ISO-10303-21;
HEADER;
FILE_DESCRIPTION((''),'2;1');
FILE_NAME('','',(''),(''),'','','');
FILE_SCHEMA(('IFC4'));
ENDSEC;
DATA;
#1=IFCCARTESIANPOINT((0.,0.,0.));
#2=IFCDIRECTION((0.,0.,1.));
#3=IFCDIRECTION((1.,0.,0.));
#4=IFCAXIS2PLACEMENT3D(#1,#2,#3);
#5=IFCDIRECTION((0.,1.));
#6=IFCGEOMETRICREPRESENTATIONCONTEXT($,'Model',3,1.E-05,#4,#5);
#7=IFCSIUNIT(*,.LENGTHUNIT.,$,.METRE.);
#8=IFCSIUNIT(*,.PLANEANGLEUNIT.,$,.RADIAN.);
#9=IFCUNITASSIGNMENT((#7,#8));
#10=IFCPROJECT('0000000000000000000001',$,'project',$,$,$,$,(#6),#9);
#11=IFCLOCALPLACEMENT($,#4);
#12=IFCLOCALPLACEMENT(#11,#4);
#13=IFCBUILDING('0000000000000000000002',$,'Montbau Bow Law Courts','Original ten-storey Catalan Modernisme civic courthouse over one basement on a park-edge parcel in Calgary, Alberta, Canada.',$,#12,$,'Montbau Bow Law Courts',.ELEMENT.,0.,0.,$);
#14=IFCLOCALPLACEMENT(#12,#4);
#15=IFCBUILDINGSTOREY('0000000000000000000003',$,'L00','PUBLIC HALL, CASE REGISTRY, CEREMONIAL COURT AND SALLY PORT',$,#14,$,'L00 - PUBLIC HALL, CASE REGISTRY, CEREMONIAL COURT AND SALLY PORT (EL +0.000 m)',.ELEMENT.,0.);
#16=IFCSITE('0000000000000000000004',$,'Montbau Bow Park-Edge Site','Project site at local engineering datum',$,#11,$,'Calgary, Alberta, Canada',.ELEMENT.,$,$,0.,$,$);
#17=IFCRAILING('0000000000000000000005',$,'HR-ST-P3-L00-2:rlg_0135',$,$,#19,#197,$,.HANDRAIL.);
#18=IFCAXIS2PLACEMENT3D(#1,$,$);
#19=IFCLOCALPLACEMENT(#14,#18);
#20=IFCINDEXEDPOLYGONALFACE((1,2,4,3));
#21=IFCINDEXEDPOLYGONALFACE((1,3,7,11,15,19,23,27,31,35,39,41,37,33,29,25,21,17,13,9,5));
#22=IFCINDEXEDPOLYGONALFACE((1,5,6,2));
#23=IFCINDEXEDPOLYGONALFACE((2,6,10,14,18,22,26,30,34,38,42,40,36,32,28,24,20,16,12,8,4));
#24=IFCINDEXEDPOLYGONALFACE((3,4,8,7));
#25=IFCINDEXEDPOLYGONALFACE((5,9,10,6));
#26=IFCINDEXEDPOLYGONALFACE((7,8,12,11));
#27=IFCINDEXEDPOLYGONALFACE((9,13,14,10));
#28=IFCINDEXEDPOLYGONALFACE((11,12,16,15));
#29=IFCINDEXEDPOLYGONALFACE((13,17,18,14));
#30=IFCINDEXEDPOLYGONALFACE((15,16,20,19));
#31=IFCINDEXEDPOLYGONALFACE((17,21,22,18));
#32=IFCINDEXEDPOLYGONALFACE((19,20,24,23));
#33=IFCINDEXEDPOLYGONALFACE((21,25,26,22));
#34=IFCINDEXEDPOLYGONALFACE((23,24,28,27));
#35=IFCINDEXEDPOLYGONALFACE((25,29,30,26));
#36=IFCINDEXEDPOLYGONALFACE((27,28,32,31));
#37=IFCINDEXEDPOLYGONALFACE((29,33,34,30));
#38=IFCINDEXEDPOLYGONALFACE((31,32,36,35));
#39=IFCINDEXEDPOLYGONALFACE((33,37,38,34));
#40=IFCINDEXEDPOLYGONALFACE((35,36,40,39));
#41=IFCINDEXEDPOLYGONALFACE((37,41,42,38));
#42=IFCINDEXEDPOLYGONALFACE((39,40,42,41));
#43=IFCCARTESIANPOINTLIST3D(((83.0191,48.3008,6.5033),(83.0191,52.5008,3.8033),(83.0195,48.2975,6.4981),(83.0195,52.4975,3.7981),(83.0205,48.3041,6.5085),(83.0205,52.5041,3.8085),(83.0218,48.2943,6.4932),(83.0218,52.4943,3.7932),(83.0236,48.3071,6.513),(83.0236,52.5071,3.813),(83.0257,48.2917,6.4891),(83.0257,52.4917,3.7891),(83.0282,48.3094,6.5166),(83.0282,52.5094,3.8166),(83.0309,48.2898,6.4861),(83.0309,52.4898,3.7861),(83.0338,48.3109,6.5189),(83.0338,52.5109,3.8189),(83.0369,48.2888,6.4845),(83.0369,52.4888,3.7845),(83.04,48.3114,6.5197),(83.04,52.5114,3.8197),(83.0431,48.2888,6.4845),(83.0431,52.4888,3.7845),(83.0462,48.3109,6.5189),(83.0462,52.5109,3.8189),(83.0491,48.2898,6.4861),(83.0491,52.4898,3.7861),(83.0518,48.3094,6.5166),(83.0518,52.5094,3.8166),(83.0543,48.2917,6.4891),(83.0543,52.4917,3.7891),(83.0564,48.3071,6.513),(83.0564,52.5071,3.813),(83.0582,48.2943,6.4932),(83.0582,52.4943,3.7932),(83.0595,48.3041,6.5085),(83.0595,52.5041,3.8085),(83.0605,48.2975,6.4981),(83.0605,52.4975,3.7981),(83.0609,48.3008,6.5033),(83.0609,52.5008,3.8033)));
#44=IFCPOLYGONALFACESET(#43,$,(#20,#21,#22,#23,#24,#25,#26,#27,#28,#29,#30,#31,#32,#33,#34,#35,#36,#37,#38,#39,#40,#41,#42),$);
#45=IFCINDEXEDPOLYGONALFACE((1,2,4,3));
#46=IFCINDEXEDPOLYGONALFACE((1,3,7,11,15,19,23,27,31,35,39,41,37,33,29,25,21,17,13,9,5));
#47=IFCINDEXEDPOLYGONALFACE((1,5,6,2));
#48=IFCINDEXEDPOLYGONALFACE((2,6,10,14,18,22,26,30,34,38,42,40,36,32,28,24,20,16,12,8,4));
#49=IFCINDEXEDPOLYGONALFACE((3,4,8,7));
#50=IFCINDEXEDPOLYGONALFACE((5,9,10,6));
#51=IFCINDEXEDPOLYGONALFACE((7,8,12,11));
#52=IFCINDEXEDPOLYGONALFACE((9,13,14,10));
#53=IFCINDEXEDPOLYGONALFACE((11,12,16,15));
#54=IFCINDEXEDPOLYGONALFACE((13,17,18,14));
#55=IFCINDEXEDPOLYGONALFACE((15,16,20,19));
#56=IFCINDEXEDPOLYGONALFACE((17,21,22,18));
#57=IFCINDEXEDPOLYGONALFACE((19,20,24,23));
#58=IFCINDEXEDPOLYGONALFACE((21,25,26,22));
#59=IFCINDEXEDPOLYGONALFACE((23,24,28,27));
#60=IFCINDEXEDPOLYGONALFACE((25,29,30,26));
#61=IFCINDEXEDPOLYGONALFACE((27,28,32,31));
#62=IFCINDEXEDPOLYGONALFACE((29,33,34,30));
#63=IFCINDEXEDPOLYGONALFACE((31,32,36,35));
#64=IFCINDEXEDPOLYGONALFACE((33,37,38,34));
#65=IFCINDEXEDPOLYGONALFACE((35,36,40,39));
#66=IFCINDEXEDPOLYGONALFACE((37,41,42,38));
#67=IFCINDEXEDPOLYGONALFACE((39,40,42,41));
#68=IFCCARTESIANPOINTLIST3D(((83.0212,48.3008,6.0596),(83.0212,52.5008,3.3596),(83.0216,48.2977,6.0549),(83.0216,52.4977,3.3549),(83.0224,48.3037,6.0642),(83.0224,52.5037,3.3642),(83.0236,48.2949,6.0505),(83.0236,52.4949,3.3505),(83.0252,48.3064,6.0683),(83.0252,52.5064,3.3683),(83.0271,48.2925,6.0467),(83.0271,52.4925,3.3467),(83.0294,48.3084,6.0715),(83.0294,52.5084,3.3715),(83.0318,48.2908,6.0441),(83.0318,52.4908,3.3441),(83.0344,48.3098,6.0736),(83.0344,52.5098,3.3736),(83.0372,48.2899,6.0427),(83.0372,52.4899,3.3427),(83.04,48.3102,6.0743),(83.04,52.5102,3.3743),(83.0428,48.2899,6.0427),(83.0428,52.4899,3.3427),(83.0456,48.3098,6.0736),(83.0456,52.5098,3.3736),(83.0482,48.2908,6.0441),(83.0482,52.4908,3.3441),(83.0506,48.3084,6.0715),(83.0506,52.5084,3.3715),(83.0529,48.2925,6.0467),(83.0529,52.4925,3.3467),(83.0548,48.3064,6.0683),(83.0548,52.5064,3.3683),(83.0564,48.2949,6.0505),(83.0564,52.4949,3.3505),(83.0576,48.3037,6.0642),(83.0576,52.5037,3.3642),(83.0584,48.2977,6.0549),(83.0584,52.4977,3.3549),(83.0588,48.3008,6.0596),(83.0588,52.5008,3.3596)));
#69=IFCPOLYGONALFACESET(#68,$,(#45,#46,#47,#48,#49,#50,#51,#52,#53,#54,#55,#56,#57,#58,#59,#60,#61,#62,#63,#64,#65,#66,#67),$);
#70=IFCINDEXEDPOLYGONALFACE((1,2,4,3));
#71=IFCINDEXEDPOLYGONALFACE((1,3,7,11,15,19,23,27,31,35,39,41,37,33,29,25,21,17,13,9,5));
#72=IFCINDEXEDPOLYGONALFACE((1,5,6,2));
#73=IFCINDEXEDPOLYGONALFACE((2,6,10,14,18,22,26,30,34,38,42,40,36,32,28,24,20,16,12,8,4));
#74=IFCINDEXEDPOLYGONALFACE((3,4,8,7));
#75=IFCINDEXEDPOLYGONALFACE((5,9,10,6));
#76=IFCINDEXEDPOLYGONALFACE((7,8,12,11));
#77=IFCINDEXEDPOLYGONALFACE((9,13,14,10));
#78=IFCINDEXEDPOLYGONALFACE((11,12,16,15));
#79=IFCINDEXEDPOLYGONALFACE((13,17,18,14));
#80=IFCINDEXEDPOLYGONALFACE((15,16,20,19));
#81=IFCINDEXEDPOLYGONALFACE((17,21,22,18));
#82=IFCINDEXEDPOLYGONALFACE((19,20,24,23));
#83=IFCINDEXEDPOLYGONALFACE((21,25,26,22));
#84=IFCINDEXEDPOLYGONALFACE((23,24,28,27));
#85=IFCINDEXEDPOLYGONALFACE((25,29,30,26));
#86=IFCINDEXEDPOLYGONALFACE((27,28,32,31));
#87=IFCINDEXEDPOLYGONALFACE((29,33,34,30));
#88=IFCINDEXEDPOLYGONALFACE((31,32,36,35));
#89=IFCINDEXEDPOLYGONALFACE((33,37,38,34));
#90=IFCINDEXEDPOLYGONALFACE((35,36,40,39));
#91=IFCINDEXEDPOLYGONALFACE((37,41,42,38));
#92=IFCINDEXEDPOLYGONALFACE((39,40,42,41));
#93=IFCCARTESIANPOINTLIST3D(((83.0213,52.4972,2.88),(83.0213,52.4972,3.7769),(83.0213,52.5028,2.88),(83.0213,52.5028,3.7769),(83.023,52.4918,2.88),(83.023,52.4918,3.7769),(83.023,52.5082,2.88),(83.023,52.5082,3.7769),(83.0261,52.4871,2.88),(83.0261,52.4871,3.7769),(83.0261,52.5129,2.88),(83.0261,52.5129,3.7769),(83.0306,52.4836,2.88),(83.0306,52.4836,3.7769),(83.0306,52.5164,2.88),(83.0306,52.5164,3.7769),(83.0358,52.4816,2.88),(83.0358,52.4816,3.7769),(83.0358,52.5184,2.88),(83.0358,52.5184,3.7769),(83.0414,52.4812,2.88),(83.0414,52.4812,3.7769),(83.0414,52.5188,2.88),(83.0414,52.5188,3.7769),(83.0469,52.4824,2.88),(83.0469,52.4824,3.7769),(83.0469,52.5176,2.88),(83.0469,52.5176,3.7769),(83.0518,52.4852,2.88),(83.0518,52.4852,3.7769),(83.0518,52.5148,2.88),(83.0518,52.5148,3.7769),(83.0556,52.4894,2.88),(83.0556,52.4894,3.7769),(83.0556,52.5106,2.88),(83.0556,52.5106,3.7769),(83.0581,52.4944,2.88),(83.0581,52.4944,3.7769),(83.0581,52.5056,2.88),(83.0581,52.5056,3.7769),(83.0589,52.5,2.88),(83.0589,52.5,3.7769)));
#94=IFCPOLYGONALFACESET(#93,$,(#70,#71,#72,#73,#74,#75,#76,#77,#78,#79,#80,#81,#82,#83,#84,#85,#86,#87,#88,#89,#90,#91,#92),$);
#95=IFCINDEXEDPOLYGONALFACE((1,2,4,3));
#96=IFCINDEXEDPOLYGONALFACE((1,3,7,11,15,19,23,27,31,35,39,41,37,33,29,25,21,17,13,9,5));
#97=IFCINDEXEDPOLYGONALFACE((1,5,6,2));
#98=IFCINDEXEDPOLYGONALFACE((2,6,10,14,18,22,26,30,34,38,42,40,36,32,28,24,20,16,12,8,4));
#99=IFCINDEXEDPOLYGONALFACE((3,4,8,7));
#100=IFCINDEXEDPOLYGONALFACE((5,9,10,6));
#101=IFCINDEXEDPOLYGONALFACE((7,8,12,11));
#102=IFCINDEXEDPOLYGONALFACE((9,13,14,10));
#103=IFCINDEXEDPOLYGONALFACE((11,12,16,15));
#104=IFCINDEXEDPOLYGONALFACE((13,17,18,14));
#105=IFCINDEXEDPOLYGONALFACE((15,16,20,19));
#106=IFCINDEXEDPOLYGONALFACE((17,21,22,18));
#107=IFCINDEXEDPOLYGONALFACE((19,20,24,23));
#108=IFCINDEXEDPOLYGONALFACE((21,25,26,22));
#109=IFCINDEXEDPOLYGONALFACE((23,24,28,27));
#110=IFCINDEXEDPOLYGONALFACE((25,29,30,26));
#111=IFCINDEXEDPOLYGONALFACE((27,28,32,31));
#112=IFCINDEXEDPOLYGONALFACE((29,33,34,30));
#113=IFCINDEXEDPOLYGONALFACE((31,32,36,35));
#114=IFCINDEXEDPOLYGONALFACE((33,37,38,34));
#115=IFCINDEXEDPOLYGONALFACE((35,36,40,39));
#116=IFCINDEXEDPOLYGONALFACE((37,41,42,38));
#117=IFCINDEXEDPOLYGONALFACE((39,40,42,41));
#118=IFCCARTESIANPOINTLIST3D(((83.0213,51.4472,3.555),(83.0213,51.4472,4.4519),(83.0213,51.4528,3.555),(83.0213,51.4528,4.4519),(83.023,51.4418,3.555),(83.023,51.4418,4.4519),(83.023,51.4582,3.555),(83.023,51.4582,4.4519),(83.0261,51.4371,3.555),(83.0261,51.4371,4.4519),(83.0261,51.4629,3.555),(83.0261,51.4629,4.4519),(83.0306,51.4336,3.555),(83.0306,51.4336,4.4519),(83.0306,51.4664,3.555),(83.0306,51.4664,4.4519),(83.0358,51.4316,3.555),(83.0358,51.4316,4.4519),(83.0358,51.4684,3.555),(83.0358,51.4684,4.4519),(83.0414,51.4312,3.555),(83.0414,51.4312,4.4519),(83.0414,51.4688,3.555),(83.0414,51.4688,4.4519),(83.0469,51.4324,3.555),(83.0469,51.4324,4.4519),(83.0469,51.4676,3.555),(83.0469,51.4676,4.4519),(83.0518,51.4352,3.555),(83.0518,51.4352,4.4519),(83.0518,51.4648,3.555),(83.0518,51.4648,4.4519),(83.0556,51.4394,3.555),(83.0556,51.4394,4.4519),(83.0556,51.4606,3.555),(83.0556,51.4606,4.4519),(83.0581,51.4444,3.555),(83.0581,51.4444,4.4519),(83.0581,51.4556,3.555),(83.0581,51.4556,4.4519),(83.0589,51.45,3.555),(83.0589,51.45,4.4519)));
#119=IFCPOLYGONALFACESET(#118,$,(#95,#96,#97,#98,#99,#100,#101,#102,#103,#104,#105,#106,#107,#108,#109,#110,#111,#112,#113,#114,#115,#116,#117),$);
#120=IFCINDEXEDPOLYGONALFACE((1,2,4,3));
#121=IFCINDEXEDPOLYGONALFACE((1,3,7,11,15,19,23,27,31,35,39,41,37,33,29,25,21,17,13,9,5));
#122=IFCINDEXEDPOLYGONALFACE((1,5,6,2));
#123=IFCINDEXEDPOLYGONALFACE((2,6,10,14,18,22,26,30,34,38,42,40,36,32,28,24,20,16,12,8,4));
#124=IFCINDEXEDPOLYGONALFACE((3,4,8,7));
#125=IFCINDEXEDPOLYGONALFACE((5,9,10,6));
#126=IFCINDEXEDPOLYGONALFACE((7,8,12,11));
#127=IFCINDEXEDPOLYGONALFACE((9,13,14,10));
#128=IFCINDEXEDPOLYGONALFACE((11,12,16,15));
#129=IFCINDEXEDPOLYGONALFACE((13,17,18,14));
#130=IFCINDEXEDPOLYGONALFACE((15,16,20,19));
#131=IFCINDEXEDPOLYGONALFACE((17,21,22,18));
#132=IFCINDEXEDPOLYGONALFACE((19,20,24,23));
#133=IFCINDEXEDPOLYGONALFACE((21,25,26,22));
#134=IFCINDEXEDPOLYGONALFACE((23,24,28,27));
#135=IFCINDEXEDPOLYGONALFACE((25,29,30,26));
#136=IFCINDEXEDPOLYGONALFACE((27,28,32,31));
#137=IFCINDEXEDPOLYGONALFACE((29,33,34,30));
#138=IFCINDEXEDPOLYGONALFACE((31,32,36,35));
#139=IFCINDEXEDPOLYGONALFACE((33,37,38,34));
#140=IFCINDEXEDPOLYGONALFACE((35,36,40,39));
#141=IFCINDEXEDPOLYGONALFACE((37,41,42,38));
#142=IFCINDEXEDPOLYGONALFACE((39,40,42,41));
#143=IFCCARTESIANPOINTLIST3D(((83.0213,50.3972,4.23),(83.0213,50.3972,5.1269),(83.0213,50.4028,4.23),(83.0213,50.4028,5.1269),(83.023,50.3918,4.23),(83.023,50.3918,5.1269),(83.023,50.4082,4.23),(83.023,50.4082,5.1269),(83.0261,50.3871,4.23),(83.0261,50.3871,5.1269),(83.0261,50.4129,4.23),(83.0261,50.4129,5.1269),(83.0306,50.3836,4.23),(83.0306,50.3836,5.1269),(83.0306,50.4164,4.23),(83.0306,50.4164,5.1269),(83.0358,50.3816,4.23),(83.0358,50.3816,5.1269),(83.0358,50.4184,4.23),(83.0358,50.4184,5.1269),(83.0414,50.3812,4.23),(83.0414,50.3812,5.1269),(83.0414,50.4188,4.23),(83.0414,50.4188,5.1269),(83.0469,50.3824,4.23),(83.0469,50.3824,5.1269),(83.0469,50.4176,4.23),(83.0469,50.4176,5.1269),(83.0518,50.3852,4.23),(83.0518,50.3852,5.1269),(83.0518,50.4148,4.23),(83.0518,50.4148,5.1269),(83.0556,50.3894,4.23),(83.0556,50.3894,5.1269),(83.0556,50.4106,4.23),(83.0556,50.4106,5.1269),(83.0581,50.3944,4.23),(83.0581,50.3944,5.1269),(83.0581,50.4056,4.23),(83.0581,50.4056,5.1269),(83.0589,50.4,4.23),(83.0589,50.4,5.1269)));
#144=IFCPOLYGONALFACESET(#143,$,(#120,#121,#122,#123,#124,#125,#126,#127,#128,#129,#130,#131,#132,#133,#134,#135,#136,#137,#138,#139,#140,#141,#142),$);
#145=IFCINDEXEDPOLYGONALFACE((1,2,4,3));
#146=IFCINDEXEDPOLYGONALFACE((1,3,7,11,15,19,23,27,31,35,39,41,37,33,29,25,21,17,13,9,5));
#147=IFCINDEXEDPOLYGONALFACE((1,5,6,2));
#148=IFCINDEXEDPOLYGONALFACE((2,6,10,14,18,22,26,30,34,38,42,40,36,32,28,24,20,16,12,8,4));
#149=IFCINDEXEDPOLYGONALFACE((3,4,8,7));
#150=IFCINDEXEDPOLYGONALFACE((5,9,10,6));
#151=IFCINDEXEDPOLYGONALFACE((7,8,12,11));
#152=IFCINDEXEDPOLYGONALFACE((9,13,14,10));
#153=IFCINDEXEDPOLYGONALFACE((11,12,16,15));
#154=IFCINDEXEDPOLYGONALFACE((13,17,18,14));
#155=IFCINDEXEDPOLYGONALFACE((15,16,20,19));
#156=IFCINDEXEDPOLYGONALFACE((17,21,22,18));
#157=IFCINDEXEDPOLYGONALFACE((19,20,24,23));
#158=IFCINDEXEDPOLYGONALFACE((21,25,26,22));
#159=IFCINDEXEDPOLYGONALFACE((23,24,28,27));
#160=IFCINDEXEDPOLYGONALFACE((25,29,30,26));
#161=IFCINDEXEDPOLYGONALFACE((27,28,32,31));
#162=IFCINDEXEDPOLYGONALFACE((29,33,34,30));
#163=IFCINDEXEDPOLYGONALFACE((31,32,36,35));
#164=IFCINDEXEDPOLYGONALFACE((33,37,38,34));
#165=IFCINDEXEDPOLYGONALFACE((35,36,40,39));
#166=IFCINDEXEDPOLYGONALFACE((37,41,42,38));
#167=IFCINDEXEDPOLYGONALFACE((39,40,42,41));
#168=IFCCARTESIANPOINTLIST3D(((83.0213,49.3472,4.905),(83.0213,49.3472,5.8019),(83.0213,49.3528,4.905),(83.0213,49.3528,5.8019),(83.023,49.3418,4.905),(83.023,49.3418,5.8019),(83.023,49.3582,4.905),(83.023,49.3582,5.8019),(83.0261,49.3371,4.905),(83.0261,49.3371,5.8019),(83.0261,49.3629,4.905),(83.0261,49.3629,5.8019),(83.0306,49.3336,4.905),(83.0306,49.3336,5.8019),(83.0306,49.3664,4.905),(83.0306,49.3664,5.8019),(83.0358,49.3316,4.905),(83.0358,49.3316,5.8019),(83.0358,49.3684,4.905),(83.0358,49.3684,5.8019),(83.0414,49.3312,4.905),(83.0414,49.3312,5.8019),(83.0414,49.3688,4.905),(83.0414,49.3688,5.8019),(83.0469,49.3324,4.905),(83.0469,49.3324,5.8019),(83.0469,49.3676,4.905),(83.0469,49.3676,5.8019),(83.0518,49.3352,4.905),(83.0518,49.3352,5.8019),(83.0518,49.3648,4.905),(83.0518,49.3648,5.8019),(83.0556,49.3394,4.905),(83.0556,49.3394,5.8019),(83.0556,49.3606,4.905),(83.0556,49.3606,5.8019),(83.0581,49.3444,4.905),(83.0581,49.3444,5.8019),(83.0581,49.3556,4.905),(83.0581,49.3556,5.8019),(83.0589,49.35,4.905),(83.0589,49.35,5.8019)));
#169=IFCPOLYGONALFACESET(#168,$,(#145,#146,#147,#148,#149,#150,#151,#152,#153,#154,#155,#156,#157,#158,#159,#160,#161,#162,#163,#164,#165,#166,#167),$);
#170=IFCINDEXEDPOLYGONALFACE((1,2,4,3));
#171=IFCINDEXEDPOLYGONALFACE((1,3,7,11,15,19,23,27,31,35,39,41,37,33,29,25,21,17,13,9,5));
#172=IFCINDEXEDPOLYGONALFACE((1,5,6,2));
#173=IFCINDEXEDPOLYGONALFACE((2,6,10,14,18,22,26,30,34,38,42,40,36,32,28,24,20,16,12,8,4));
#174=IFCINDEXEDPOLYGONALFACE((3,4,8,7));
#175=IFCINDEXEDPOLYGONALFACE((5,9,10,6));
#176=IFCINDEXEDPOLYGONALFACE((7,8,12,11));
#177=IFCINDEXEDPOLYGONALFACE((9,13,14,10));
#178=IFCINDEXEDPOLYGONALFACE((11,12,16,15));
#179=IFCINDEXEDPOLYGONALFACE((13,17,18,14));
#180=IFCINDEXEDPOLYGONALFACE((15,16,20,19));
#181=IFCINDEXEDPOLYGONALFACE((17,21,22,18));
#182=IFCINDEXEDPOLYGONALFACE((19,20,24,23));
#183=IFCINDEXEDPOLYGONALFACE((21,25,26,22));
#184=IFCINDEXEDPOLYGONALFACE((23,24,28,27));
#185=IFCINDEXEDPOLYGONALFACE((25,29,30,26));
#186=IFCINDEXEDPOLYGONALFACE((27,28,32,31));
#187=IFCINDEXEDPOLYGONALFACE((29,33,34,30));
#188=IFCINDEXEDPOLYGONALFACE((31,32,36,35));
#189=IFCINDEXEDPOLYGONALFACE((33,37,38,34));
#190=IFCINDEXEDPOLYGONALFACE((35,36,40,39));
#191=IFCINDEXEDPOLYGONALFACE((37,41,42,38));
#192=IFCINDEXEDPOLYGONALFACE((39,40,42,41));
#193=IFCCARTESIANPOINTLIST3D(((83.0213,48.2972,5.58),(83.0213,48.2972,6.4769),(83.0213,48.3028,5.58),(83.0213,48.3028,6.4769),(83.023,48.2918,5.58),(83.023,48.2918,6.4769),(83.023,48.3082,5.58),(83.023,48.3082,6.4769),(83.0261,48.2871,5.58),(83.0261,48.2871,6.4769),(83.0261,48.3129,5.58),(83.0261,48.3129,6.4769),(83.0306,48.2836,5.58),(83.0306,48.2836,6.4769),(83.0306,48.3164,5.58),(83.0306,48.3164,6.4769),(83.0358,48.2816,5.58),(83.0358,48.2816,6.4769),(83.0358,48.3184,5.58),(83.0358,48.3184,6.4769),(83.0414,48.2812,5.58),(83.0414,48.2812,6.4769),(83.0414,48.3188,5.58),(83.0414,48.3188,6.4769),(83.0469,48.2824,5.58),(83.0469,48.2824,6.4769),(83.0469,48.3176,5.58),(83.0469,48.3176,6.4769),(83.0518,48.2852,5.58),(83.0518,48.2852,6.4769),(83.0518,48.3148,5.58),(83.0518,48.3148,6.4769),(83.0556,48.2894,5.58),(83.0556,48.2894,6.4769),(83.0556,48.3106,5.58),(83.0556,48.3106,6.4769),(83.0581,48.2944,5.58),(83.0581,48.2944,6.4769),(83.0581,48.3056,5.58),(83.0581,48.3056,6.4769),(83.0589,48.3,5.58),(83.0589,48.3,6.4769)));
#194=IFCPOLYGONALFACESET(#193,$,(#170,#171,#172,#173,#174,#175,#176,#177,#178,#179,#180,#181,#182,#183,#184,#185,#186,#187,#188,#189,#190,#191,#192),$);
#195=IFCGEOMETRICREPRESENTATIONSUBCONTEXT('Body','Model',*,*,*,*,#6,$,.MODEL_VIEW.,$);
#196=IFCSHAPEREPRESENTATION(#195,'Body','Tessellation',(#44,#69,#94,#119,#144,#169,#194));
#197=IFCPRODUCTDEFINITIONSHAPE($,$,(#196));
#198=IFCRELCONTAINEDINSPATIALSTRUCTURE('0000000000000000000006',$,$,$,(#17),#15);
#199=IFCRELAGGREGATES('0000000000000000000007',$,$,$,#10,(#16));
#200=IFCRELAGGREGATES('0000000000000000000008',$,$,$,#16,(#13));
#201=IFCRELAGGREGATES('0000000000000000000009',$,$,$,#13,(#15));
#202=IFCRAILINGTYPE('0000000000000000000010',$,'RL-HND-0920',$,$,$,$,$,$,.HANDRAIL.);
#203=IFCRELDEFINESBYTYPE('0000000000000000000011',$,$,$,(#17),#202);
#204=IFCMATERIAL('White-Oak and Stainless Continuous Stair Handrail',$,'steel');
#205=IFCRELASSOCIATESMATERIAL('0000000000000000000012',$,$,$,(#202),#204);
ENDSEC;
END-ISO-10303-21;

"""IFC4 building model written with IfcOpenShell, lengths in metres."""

from ifc_helpers import new_model, si_unit, direction, frame, origin_with_axes, origin_2d_with_axis, place, context, subcontext, project, spatial, circle, extrude, material, type_object, element, save


model = new_model("IFC4")

# Units and contexts
model_context = context("Model", 3, precision=1e-05, world=origin_with_axes(), true_north=direction((0.0, 1.0)))
body_context = subcontext(model_context, "Body", "Model", "MODEL_VIEW")
ifc_project = project(units=[si_unit("LENGTHUNIT", "METRE"), si_unit("PLANEANGLEUNIT", "RADIAN")], contexts=[model_context])

# Site, building, storey
site_placement = place(None, origin_with_axes())
site = spatial("IfcSite", under=ifc_project, at=site_placement, Name="Montbau Bow Park-Edge Site", Description="Project site at local engineering datum", LongName="Calgary, Alberta, Canada", CompositionType="ELEMENT", RefElevation=0.0)
building_placement = place(site_placement, origin_with_axes())
building = spatial("IfcBuilding", under=site, at=building_placement, Name="Montbau Bow Law Courts", Description="Original ten-storey Catalan Modernisme civic courthouse over one basement on a park-edge parcel in Calgary, Alberta, Canada.", LongName="Montbau Bow Law Courts", CompositionType="ELEMENT", ElevationOfRefHeight=0.0, ElevationOfTerrain=0.0)
storey_placement = place(building_placement, origin_with_axes())
storey = spatial("IfcBuildingStorey", under=building, at=storey_placement, Name="L00", Description="PUBLIC HALL, CASE REGISTRY, CEREMONIAL COURT AND SALLY PORT", LongName="L00 - PUBLIC HALL, CASE REGISTRY, CEREMONIAL COURT AND SALLY PORT (EL +0.000 m)", CompositionType="ELEMENT", Elevation=0.0)

# Railing
ifc_material_1 = material(Name="White-Oak and Stainless Continuous Stair Handrail", Category="steel")
railing_type_1 = type_object("IfcRailingType", Name="RL-HND-0920", PredefinedType="HANDRAIL", material=ifc_material_1)
railing_1_placement = place(None, origin_with_axes())
element("IfcRailing", 1, at=railing_1_placement, inside=storey, type_object=railing_type_1, Name="HR-ST-P3-L00-2:rlg_0135", PredefinedType="HANDRAIL", context=body_context, shape_type="SweptSolid", body=[
    extrude(circle(Radius=0.021, at=origin_2d_with_axis()), frame((83.04, 52.5, 3.802), z_axis=(0.0, -0.841178, 0.540758), x_axis=(0.0, 0.540758, 0.841178)), (0.0, 0.0, 1.0), 4.993),
    extrude(circle(Radius=0.0189, at=origin_2d_with_axis()), frame((83.04, 52.5, 3.3584), z_axis=(0.0, -0.841178, 0.540758), x_axis=(0.0, 0.540758, 0.841178)), (0.0, 0.0, 1.0), 4.993),
    extrude(circle(Radius=0.0189, at=origin_2d_with_axis()), frame((83.04, 52.5, 2.88), z_axis=(0.0, 0.0, 1.0), x_axis=(1.0, 0.0, 0.0)), (0.0, 0.0, 1.0), 0.8969),
    extrude(circle(Radius=0.0189, at=origin_2d_with_axis()), frame((83.04, 51.45, 3.555), z_axis=(0.0, 0.0, 1.0), x_axis=(1.0, 0.0, 0.0)), (0.0, 0.0, 1.0), 0.8969),
    extrude(circle(Radius=0.0189, at=origin_2d_with_axis()), frame((83.04, 50.4, 4.23), z_axis=(0.0, 0.0, 1.0), x_axis=(1.0, 0.0, 0.0)), (0.0, 0.0, 1.0), 0.8969),
    extrude(circle(Radius=0.0189, at=origin_2d_with_axis()), frame((83.04, 49.35, 4.905), z_axis=(0.0, 0.0, 1.0), x_axis=(1.0, 0.0, 0.0)), (0.0, 0.0, 1.0), 0.8969),
    extrude(circle(Radius=0.0189, at=origin_2d_with_axis()), frame((83.04, 48.3, 5.58), z_axis=(0.0, 0.0, 1.0), x_axis=(1.0, 0.0, 0.0)), (0.0, 0.0, 1.0), 0.8969),
])

save(model, "model.ifc")
